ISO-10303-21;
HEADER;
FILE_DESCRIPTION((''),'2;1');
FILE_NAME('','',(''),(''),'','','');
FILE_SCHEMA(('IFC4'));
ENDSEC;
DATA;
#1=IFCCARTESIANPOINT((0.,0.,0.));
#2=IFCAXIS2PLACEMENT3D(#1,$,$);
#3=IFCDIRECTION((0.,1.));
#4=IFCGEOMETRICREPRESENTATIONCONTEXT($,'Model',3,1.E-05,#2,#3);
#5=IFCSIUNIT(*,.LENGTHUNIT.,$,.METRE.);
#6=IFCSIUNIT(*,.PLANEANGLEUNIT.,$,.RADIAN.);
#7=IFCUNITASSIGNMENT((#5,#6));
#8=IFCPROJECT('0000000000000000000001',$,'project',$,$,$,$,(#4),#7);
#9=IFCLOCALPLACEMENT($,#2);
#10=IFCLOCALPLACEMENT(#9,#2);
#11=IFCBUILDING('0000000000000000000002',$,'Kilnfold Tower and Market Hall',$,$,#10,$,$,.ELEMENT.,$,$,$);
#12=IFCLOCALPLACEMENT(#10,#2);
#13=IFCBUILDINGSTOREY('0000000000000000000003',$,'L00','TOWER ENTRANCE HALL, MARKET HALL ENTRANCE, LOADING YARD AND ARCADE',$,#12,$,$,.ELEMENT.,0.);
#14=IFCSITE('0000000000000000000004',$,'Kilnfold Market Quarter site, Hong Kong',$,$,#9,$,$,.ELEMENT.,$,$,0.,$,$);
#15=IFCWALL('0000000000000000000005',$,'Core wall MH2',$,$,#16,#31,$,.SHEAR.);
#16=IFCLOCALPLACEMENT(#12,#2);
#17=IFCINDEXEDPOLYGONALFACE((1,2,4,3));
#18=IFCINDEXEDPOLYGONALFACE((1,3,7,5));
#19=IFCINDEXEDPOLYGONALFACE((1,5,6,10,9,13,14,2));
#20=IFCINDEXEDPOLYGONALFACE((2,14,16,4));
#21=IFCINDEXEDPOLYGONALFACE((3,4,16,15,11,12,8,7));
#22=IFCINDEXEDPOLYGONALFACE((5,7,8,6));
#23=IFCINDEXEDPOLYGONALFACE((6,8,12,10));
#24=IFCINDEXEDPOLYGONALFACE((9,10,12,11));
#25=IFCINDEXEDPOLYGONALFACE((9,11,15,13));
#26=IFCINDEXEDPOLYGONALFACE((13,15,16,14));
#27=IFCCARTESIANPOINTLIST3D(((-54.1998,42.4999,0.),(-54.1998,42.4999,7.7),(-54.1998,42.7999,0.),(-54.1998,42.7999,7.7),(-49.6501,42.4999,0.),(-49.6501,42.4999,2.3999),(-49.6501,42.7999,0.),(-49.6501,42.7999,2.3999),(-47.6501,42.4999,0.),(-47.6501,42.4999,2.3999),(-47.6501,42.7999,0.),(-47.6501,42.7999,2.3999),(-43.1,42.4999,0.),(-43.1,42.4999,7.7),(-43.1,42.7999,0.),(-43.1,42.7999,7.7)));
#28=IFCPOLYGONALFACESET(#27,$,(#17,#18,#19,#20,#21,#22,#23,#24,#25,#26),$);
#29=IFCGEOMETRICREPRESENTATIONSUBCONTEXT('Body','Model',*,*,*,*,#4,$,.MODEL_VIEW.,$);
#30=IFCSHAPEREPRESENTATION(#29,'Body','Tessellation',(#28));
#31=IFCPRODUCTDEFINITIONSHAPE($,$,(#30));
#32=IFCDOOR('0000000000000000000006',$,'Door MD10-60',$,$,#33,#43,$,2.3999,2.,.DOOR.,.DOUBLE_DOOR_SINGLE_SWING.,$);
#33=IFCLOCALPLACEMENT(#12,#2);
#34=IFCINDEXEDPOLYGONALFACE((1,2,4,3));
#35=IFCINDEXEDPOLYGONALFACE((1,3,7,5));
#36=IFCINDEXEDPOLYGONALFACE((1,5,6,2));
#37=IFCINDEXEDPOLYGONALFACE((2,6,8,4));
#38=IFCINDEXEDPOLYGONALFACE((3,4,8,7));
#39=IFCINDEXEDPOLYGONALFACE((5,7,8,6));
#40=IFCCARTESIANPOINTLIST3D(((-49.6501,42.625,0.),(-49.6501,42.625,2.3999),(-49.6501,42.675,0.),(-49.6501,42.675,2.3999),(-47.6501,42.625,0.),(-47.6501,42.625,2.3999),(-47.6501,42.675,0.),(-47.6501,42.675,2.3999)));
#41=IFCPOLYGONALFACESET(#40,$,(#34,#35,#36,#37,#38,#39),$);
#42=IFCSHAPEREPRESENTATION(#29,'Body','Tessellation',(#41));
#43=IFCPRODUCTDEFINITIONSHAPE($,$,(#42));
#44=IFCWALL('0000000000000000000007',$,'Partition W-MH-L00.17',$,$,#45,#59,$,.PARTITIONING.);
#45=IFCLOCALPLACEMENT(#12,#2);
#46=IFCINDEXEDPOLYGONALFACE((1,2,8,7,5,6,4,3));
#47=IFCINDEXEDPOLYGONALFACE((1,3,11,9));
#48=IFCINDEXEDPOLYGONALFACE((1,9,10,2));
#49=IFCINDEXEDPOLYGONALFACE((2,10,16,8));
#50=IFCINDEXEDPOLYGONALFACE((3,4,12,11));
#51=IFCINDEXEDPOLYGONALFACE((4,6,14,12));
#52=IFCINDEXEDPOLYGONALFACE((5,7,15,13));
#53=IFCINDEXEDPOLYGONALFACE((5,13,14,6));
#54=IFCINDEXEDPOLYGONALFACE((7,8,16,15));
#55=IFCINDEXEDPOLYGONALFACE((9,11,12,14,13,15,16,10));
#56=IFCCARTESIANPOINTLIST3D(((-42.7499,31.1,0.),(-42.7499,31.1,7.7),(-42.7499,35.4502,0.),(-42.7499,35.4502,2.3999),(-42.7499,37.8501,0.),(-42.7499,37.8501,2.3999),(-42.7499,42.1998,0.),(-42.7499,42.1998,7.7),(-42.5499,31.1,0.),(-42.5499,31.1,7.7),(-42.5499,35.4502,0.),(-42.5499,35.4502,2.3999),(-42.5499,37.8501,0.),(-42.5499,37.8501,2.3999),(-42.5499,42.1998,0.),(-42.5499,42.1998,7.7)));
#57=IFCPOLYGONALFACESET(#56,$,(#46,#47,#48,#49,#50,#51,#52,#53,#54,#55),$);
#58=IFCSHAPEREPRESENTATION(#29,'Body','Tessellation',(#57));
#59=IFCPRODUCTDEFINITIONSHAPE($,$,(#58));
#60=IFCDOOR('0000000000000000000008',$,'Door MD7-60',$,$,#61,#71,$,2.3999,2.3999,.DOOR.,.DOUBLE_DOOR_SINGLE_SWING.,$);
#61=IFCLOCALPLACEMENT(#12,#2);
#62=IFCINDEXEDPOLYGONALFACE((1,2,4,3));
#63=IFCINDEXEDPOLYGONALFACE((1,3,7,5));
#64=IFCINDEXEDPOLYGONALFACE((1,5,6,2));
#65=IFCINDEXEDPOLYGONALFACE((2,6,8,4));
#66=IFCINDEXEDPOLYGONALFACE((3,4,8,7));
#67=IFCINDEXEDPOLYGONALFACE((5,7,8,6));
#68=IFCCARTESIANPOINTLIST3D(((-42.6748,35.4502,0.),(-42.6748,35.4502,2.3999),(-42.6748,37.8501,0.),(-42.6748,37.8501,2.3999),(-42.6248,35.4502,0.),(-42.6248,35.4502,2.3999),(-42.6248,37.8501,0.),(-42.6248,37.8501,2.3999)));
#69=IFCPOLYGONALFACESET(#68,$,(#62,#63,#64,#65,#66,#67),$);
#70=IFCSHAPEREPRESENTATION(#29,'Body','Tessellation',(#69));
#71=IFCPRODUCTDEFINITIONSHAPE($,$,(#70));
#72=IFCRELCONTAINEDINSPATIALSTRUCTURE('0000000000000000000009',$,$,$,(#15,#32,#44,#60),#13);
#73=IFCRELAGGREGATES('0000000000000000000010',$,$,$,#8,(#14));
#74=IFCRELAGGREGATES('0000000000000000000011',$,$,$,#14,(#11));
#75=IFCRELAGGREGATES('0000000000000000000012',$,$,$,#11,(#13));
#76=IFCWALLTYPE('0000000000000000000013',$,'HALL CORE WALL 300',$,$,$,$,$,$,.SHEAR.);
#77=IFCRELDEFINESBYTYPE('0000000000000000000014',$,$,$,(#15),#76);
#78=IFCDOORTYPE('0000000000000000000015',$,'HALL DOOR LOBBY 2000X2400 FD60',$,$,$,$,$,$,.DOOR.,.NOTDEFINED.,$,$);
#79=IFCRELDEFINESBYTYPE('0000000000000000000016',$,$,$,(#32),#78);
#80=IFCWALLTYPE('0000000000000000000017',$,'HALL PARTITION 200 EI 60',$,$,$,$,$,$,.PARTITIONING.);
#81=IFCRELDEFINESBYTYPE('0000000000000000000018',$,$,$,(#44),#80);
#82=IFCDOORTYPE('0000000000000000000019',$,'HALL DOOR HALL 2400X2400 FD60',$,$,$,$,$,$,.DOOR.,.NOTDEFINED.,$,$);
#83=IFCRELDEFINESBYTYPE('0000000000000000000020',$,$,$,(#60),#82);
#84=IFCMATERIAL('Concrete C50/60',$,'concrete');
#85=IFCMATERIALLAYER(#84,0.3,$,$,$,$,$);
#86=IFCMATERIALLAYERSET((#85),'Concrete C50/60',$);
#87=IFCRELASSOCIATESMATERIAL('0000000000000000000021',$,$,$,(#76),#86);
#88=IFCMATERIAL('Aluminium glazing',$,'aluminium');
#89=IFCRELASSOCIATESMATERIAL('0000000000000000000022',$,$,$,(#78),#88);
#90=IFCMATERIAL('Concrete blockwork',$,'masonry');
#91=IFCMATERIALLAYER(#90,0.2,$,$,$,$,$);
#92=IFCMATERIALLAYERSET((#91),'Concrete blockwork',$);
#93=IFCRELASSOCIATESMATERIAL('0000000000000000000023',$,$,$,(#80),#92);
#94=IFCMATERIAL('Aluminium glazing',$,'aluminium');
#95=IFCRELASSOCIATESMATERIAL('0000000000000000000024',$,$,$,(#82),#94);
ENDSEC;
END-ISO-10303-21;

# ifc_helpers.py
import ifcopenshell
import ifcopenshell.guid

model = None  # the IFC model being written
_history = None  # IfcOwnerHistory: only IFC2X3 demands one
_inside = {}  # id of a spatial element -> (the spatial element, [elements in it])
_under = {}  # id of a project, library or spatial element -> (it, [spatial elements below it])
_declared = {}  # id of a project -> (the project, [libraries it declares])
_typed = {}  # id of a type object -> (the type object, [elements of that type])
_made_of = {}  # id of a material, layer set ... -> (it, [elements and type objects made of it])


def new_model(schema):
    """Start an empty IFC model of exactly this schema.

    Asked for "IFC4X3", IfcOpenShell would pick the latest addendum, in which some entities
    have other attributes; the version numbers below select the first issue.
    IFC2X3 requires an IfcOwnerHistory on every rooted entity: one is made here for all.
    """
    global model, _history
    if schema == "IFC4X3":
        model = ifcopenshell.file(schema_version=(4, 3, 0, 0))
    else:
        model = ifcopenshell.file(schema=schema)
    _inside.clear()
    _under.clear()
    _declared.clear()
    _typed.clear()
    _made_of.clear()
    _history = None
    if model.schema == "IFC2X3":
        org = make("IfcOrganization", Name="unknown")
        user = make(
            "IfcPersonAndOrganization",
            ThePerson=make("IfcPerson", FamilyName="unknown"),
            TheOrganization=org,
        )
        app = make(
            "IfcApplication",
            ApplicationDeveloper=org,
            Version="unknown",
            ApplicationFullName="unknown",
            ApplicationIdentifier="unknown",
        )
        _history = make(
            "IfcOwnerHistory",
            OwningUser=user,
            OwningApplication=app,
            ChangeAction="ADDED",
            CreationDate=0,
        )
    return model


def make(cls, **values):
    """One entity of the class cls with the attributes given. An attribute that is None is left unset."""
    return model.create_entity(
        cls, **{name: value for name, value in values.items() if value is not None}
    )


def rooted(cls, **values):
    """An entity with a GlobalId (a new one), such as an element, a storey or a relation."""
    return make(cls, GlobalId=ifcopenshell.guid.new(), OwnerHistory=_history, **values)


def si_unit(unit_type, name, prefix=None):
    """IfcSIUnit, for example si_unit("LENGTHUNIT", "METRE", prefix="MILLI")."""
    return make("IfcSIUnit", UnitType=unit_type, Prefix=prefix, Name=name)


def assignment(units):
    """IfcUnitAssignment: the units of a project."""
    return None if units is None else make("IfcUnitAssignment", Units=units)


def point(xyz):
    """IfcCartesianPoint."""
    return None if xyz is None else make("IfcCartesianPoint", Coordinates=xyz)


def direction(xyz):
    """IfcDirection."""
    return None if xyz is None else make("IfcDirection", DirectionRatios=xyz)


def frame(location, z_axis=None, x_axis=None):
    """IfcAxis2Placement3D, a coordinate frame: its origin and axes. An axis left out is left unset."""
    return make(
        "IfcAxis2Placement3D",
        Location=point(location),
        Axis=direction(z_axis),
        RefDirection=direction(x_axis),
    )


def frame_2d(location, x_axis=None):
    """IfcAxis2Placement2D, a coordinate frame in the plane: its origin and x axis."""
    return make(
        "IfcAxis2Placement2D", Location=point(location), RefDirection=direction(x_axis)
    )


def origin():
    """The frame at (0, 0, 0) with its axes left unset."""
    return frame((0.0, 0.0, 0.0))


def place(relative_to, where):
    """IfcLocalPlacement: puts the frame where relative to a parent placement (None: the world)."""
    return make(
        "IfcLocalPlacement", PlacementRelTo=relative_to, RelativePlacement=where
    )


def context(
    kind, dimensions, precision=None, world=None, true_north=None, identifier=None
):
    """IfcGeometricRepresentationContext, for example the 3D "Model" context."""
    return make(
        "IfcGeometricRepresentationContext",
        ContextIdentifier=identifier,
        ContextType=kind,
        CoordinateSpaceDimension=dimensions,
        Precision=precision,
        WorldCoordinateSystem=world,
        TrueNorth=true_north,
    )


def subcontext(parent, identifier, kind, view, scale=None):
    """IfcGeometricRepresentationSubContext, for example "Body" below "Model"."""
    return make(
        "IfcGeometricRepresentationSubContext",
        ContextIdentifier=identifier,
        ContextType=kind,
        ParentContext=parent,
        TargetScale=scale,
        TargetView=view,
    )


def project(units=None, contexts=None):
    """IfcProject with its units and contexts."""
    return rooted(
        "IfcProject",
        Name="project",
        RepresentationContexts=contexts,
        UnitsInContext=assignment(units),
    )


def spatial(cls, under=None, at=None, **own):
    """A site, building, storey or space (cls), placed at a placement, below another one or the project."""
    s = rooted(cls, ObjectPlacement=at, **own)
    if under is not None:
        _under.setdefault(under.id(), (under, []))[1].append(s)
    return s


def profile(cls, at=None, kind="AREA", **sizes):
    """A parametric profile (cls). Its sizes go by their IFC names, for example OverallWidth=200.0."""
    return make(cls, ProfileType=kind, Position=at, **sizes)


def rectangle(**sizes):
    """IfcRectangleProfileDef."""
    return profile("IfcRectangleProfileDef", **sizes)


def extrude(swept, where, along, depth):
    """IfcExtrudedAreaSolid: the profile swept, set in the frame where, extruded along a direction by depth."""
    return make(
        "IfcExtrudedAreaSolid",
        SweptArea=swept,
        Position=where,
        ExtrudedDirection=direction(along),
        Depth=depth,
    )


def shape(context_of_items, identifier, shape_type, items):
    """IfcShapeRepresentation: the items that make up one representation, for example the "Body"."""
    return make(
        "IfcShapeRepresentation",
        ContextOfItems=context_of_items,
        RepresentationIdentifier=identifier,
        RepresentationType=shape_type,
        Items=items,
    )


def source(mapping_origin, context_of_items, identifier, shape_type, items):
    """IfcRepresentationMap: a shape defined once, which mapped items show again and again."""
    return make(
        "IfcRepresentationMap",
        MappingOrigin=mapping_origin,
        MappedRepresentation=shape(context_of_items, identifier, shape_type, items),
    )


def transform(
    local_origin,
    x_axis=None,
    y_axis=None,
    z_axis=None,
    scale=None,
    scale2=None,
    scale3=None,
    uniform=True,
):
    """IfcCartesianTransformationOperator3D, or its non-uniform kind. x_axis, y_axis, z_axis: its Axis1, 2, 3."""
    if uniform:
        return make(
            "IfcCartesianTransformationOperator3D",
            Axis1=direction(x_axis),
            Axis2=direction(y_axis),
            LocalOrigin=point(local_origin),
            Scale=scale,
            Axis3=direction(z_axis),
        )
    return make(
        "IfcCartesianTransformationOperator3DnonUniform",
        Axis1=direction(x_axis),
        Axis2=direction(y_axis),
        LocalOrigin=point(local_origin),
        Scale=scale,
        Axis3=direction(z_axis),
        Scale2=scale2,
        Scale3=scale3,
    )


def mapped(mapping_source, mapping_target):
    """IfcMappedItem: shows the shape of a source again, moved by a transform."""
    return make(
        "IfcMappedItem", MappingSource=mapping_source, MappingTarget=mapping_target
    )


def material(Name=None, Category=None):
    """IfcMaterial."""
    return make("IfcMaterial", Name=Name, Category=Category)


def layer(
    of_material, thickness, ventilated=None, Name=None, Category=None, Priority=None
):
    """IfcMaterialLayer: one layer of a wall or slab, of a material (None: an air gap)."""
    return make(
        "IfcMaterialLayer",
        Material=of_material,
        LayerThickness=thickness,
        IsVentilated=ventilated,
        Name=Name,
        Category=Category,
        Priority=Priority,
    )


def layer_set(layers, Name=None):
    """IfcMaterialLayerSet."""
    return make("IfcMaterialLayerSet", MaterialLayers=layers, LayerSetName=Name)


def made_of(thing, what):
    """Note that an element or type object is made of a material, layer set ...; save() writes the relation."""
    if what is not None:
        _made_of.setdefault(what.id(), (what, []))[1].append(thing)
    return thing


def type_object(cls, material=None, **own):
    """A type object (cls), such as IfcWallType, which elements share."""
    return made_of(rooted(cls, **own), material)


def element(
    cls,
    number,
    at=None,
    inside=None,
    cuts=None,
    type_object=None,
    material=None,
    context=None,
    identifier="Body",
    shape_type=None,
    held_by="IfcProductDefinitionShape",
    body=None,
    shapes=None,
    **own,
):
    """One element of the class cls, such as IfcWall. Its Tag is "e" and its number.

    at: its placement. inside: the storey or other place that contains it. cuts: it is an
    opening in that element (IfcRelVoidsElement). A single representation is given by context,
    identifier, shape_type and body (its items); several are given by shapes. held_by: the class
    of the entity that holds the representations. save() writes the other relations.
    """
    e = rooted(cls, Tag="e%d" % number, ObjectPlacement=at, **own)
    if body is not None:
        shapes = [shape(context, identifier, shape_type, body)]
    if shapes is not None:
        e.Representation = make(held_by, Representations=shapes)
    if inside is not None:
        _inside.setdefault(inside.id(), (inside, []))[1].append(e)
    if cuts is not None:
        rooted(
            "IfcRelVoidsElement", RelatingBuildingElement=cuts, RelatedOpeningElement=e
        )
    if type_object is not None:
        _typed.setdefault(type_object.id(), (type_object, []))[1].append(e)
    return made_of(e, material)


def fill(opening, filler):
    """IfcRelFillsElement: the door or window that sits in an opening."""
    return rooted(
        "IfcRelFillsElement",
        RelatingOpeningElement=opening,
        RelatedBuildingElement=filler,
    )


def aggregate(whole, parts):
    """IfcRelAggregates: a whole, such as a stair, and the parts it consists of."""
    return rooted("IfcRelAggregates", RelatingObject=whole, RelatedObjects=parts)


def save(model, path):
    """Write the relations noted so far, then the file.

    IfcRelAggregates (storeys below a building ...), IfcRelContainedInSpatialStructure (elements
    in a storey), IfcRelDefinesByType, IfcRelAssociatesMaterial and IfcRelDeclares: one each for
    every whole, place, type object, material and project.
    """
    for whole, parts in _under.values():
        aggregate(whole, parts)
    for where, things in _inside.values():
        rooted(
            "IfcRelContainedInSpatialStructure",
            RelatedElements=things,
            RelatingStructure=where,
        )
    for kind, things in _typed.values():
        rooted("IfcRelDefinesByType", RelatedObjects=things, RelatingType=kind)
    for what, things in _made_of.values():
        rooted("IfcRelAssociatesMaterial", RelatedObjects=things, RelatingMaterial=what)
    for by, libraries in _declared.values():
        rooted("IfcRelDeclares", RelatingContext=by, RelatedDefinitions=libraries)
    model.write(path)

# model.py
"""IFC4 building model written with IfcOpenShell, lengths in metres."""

from ifc_helpers import new_model, si_unit, direction, frame, frame_2d, origin, place, context, subcontext, project, spatial, rectangle, extrude, source, transform, mapped, material, layer, layer_set, type_object, element, fill, save


model = new_model("IFC4")

# Units and contexts
model_context = context("Model", 3, precision=1e-05, world=origin(), true_north=direction((0.0, 1.0)))
body_context = subcontext(model_context, "Body", "Model", "MODEL_VIEW")
ifc_project = project(units=[si_unit("LENGTHUNIT", "METRE"), si_unit("PLANEANGLEUNIT", "RADIAN")], contexts=[model_context])

# Site, building, storey
site_placement = place(None, origin())
site = spatial("IfcSite", under=ifc_project, at=site_placement, Name="Kilnfold Market Quarter site, Hong Kong", CompositionType="ELEMENT", RefElevation=0.0)
building_placement = place(site_placement, origin())
building = spatial("IfcBuilding", under=site, at=building_placement, Name="Kilnfold Tower and Market Hall", CompositionType="ELEMENT")
storey_placement = place(building_placement, origin())
storey = spatial("IfcBuildingStorey", under=building, at=storey_placement, Name="L00", Description="TOWER ENTRANCE HALL, MARKET HALL ENTRANCE, LOADING YARD AND ARCADE", CompositionType="ELEMENT", Elevation=0.0)

# Walls, openings, doors
ifc_material_1 = material(Name="Concrete C50/60", Category="concrete")
ifc_layer_1 = layer(ifc_material_1, 0.3)
ifc_layer_set_1 = layer_set([ifc_layer_1], Name="Concrete C50/60")
wall_type_1 = type_object("IfcWallType", Name="HALL CORE WALL 300", PredefinedType="SHEAR", material=ifc_layer_set_1)
shared_shape_1 = source(origin(), body_context, "Body", "SweptSolid", [
    extrude(rectangle(XDim=11.0999, YDim=0.3, at=frame_2d((5.5498, 0.0))), origin(), (0.0, 0.0, 1.0), 7.7),
])
wall_1_placement = place(storey_placement, frame((-43.1001, 42.6499, 0.0), z_axis=(0.0, 0.0, 1.0), x_axis=(-1.0, 0.0, 0.0)))
wall_1 = element("IfcWall", 1, at=wall_1_placement, inside=storey, type_object=wall_type_1, Name="Core wall MH2", PredefinedType="SHEAR", context=body_context, shape_type="MappedRepresentation", body=[
    mapped(shared_shape_1, transform((0.0, 0.0, 0.0))),
])
opening_1_placement = place(wall_1_placement, frame((4.55, 0.0, 0.0)))
opening_1 = element("IfcOpeningElement", 2, at=opening_1_placement, cuts=wall_1, PredefinedType="OPENING", context=body_context, shape_type="SweptSolid", body=[
    extrude(rectangle(XDim=2.0, YDim=2.3999, at=frame_2d((1.0, 1.2))), frame((0.0, 0.1602, 0.0), z_axis=(0.0, -1.0, 0.0), x_axis=(1.0, 0.0, 0.0)), (0.0, 0.0, 1.0), 0.3201),
])
ifc_material_2 = material(Name="Aluminium glazing", Category="aluminium")
door_type_1 = type_object("IfcDoorType", Name="HALL DOOR LOBBY 2000X2400 FD60", OperationType="NOTDEFINED", PredefinedType="DOOR", material=ifc_material_2)
door_1_placement = place(opening_1_placement, origin())
door_1 = element("IfcDoor", 3, at=door_1_placement, inside=storey, type_object=door_type_1, Name="Door MD10-60", OperationType="DOUBLE_DOOR_SINGLE_SWING", OverallHeight=2.3999, OverallWidth=2.0, PredefinedType="DOOR", context=body_context, shape_type="SweptSolid", body=[
    extrude(rectangle(XDim=2.0, YDim=2.3999, at=frame_2d((1.0, 1.2))), frame((0.0, 0.0249, 0.0), z_axis=(0.0, -1.0, 0.0), x_axis=(1.0, 0.0, 0.0)), (0.0, 0.0, 1.0), 0.05),
])
fill(opening_1, door_1)
ifc_material_3 = material(Name="Concrete blockwork", Category="masonry")
ifc_layer_2 = layer(ifc_material_3, 0.2)
ifc_layer_set_2 = layer_set([ifc_layer_2], Name="Concrete blockwork")
wall_type_2 = type_object("IfcWallType", Name="HALL PARTITION 200 EI 60", PredefinedType="PARTITIONING", material=ifc_layer_set_2)
shared_shape_2 = source(origin(), body_context, "Body", "SweptSolid", [
    extrude(rectangle(XDim=11.0999, YDim=0.2, at=frame_2d((5.5498, 0.0))), origin(), (0.0, 0.0, 1.0), 7.7),
])
wall_2_placement = place(storey_placement, frame((-42.6499, 31.1001, 0.0), z_axis=(0.0, 0.0, 1.0), x_axis=(0.0, 1.0, 0.0)))
wall_2 = element("IfcWall", 4, at=wall_2_placement, inside=storey, type_object=wall_type_2, Name="Partition W-MH-L00.17", PredefinedType="PARTITIONING", context=body_context, shape_type="MappedRepresentation", body=[
    mapped(shared_shape_2, transform((0.0, 0.0, 0.0))),
])
opening_2_placement = place(wall_2_placement, frame((4.3501, 0.0, 0.0)))
opening_2 = element("IfcOpeningElement", 5, at=opening_2_placement, cuts=wall_2, PredefinedType="OPENING", context=body_context, shape_type="SweptSolid", body=[
    extrude(rectangle(XDim=2.3999, YDim=2.3999, at=frame_2d((1.2, 1.2))), frame((0.0, 0.1099, 0.0), z_axis=(0.0, -1.0, 0.0), x_axis=(1.0, 0.0, 0.0)), (0.0, 0.0, 1.0), 0.22),
])
ifc_material_4 = material(Name="Aluminium glazing", Category="aluminium")
door_type_2 = type_object("IfcDoorType", Name="HALL DOOR HALL 2400X2400 FD60", OperationType="NOTDEFINED", PredefinedType="DOOR", material=ifc_material_4)
door_2_placement = place(opening_2_placement, origin())
door_2 = element("IfcDoor", 6, at=door_2_placement, inside=storey, type_object=door_type_2, Name="Door MD7-60", OperationType="DOUBLE_DOOR_SINGLE_SWING", OverallHeight=2.3999, OverallWidth=2.3999, PredefinedType="DOOR", context=body_context, shape_type="SweptSolid", body=[
    extrude(rectangle(XDim=2.3999, YDim=2.3999, at=frame_2d((1.2, 1.2))), frame((0.0, 0.0249, 0.0), z_axis=(0.0, -1.0, 0.0), x_axis=(1.0, 0.0, 0.0)), (0.0, 0.0, 1.0), 0.05),
])
fill(opening_2, door_2)

save(model, "model.ifc")
